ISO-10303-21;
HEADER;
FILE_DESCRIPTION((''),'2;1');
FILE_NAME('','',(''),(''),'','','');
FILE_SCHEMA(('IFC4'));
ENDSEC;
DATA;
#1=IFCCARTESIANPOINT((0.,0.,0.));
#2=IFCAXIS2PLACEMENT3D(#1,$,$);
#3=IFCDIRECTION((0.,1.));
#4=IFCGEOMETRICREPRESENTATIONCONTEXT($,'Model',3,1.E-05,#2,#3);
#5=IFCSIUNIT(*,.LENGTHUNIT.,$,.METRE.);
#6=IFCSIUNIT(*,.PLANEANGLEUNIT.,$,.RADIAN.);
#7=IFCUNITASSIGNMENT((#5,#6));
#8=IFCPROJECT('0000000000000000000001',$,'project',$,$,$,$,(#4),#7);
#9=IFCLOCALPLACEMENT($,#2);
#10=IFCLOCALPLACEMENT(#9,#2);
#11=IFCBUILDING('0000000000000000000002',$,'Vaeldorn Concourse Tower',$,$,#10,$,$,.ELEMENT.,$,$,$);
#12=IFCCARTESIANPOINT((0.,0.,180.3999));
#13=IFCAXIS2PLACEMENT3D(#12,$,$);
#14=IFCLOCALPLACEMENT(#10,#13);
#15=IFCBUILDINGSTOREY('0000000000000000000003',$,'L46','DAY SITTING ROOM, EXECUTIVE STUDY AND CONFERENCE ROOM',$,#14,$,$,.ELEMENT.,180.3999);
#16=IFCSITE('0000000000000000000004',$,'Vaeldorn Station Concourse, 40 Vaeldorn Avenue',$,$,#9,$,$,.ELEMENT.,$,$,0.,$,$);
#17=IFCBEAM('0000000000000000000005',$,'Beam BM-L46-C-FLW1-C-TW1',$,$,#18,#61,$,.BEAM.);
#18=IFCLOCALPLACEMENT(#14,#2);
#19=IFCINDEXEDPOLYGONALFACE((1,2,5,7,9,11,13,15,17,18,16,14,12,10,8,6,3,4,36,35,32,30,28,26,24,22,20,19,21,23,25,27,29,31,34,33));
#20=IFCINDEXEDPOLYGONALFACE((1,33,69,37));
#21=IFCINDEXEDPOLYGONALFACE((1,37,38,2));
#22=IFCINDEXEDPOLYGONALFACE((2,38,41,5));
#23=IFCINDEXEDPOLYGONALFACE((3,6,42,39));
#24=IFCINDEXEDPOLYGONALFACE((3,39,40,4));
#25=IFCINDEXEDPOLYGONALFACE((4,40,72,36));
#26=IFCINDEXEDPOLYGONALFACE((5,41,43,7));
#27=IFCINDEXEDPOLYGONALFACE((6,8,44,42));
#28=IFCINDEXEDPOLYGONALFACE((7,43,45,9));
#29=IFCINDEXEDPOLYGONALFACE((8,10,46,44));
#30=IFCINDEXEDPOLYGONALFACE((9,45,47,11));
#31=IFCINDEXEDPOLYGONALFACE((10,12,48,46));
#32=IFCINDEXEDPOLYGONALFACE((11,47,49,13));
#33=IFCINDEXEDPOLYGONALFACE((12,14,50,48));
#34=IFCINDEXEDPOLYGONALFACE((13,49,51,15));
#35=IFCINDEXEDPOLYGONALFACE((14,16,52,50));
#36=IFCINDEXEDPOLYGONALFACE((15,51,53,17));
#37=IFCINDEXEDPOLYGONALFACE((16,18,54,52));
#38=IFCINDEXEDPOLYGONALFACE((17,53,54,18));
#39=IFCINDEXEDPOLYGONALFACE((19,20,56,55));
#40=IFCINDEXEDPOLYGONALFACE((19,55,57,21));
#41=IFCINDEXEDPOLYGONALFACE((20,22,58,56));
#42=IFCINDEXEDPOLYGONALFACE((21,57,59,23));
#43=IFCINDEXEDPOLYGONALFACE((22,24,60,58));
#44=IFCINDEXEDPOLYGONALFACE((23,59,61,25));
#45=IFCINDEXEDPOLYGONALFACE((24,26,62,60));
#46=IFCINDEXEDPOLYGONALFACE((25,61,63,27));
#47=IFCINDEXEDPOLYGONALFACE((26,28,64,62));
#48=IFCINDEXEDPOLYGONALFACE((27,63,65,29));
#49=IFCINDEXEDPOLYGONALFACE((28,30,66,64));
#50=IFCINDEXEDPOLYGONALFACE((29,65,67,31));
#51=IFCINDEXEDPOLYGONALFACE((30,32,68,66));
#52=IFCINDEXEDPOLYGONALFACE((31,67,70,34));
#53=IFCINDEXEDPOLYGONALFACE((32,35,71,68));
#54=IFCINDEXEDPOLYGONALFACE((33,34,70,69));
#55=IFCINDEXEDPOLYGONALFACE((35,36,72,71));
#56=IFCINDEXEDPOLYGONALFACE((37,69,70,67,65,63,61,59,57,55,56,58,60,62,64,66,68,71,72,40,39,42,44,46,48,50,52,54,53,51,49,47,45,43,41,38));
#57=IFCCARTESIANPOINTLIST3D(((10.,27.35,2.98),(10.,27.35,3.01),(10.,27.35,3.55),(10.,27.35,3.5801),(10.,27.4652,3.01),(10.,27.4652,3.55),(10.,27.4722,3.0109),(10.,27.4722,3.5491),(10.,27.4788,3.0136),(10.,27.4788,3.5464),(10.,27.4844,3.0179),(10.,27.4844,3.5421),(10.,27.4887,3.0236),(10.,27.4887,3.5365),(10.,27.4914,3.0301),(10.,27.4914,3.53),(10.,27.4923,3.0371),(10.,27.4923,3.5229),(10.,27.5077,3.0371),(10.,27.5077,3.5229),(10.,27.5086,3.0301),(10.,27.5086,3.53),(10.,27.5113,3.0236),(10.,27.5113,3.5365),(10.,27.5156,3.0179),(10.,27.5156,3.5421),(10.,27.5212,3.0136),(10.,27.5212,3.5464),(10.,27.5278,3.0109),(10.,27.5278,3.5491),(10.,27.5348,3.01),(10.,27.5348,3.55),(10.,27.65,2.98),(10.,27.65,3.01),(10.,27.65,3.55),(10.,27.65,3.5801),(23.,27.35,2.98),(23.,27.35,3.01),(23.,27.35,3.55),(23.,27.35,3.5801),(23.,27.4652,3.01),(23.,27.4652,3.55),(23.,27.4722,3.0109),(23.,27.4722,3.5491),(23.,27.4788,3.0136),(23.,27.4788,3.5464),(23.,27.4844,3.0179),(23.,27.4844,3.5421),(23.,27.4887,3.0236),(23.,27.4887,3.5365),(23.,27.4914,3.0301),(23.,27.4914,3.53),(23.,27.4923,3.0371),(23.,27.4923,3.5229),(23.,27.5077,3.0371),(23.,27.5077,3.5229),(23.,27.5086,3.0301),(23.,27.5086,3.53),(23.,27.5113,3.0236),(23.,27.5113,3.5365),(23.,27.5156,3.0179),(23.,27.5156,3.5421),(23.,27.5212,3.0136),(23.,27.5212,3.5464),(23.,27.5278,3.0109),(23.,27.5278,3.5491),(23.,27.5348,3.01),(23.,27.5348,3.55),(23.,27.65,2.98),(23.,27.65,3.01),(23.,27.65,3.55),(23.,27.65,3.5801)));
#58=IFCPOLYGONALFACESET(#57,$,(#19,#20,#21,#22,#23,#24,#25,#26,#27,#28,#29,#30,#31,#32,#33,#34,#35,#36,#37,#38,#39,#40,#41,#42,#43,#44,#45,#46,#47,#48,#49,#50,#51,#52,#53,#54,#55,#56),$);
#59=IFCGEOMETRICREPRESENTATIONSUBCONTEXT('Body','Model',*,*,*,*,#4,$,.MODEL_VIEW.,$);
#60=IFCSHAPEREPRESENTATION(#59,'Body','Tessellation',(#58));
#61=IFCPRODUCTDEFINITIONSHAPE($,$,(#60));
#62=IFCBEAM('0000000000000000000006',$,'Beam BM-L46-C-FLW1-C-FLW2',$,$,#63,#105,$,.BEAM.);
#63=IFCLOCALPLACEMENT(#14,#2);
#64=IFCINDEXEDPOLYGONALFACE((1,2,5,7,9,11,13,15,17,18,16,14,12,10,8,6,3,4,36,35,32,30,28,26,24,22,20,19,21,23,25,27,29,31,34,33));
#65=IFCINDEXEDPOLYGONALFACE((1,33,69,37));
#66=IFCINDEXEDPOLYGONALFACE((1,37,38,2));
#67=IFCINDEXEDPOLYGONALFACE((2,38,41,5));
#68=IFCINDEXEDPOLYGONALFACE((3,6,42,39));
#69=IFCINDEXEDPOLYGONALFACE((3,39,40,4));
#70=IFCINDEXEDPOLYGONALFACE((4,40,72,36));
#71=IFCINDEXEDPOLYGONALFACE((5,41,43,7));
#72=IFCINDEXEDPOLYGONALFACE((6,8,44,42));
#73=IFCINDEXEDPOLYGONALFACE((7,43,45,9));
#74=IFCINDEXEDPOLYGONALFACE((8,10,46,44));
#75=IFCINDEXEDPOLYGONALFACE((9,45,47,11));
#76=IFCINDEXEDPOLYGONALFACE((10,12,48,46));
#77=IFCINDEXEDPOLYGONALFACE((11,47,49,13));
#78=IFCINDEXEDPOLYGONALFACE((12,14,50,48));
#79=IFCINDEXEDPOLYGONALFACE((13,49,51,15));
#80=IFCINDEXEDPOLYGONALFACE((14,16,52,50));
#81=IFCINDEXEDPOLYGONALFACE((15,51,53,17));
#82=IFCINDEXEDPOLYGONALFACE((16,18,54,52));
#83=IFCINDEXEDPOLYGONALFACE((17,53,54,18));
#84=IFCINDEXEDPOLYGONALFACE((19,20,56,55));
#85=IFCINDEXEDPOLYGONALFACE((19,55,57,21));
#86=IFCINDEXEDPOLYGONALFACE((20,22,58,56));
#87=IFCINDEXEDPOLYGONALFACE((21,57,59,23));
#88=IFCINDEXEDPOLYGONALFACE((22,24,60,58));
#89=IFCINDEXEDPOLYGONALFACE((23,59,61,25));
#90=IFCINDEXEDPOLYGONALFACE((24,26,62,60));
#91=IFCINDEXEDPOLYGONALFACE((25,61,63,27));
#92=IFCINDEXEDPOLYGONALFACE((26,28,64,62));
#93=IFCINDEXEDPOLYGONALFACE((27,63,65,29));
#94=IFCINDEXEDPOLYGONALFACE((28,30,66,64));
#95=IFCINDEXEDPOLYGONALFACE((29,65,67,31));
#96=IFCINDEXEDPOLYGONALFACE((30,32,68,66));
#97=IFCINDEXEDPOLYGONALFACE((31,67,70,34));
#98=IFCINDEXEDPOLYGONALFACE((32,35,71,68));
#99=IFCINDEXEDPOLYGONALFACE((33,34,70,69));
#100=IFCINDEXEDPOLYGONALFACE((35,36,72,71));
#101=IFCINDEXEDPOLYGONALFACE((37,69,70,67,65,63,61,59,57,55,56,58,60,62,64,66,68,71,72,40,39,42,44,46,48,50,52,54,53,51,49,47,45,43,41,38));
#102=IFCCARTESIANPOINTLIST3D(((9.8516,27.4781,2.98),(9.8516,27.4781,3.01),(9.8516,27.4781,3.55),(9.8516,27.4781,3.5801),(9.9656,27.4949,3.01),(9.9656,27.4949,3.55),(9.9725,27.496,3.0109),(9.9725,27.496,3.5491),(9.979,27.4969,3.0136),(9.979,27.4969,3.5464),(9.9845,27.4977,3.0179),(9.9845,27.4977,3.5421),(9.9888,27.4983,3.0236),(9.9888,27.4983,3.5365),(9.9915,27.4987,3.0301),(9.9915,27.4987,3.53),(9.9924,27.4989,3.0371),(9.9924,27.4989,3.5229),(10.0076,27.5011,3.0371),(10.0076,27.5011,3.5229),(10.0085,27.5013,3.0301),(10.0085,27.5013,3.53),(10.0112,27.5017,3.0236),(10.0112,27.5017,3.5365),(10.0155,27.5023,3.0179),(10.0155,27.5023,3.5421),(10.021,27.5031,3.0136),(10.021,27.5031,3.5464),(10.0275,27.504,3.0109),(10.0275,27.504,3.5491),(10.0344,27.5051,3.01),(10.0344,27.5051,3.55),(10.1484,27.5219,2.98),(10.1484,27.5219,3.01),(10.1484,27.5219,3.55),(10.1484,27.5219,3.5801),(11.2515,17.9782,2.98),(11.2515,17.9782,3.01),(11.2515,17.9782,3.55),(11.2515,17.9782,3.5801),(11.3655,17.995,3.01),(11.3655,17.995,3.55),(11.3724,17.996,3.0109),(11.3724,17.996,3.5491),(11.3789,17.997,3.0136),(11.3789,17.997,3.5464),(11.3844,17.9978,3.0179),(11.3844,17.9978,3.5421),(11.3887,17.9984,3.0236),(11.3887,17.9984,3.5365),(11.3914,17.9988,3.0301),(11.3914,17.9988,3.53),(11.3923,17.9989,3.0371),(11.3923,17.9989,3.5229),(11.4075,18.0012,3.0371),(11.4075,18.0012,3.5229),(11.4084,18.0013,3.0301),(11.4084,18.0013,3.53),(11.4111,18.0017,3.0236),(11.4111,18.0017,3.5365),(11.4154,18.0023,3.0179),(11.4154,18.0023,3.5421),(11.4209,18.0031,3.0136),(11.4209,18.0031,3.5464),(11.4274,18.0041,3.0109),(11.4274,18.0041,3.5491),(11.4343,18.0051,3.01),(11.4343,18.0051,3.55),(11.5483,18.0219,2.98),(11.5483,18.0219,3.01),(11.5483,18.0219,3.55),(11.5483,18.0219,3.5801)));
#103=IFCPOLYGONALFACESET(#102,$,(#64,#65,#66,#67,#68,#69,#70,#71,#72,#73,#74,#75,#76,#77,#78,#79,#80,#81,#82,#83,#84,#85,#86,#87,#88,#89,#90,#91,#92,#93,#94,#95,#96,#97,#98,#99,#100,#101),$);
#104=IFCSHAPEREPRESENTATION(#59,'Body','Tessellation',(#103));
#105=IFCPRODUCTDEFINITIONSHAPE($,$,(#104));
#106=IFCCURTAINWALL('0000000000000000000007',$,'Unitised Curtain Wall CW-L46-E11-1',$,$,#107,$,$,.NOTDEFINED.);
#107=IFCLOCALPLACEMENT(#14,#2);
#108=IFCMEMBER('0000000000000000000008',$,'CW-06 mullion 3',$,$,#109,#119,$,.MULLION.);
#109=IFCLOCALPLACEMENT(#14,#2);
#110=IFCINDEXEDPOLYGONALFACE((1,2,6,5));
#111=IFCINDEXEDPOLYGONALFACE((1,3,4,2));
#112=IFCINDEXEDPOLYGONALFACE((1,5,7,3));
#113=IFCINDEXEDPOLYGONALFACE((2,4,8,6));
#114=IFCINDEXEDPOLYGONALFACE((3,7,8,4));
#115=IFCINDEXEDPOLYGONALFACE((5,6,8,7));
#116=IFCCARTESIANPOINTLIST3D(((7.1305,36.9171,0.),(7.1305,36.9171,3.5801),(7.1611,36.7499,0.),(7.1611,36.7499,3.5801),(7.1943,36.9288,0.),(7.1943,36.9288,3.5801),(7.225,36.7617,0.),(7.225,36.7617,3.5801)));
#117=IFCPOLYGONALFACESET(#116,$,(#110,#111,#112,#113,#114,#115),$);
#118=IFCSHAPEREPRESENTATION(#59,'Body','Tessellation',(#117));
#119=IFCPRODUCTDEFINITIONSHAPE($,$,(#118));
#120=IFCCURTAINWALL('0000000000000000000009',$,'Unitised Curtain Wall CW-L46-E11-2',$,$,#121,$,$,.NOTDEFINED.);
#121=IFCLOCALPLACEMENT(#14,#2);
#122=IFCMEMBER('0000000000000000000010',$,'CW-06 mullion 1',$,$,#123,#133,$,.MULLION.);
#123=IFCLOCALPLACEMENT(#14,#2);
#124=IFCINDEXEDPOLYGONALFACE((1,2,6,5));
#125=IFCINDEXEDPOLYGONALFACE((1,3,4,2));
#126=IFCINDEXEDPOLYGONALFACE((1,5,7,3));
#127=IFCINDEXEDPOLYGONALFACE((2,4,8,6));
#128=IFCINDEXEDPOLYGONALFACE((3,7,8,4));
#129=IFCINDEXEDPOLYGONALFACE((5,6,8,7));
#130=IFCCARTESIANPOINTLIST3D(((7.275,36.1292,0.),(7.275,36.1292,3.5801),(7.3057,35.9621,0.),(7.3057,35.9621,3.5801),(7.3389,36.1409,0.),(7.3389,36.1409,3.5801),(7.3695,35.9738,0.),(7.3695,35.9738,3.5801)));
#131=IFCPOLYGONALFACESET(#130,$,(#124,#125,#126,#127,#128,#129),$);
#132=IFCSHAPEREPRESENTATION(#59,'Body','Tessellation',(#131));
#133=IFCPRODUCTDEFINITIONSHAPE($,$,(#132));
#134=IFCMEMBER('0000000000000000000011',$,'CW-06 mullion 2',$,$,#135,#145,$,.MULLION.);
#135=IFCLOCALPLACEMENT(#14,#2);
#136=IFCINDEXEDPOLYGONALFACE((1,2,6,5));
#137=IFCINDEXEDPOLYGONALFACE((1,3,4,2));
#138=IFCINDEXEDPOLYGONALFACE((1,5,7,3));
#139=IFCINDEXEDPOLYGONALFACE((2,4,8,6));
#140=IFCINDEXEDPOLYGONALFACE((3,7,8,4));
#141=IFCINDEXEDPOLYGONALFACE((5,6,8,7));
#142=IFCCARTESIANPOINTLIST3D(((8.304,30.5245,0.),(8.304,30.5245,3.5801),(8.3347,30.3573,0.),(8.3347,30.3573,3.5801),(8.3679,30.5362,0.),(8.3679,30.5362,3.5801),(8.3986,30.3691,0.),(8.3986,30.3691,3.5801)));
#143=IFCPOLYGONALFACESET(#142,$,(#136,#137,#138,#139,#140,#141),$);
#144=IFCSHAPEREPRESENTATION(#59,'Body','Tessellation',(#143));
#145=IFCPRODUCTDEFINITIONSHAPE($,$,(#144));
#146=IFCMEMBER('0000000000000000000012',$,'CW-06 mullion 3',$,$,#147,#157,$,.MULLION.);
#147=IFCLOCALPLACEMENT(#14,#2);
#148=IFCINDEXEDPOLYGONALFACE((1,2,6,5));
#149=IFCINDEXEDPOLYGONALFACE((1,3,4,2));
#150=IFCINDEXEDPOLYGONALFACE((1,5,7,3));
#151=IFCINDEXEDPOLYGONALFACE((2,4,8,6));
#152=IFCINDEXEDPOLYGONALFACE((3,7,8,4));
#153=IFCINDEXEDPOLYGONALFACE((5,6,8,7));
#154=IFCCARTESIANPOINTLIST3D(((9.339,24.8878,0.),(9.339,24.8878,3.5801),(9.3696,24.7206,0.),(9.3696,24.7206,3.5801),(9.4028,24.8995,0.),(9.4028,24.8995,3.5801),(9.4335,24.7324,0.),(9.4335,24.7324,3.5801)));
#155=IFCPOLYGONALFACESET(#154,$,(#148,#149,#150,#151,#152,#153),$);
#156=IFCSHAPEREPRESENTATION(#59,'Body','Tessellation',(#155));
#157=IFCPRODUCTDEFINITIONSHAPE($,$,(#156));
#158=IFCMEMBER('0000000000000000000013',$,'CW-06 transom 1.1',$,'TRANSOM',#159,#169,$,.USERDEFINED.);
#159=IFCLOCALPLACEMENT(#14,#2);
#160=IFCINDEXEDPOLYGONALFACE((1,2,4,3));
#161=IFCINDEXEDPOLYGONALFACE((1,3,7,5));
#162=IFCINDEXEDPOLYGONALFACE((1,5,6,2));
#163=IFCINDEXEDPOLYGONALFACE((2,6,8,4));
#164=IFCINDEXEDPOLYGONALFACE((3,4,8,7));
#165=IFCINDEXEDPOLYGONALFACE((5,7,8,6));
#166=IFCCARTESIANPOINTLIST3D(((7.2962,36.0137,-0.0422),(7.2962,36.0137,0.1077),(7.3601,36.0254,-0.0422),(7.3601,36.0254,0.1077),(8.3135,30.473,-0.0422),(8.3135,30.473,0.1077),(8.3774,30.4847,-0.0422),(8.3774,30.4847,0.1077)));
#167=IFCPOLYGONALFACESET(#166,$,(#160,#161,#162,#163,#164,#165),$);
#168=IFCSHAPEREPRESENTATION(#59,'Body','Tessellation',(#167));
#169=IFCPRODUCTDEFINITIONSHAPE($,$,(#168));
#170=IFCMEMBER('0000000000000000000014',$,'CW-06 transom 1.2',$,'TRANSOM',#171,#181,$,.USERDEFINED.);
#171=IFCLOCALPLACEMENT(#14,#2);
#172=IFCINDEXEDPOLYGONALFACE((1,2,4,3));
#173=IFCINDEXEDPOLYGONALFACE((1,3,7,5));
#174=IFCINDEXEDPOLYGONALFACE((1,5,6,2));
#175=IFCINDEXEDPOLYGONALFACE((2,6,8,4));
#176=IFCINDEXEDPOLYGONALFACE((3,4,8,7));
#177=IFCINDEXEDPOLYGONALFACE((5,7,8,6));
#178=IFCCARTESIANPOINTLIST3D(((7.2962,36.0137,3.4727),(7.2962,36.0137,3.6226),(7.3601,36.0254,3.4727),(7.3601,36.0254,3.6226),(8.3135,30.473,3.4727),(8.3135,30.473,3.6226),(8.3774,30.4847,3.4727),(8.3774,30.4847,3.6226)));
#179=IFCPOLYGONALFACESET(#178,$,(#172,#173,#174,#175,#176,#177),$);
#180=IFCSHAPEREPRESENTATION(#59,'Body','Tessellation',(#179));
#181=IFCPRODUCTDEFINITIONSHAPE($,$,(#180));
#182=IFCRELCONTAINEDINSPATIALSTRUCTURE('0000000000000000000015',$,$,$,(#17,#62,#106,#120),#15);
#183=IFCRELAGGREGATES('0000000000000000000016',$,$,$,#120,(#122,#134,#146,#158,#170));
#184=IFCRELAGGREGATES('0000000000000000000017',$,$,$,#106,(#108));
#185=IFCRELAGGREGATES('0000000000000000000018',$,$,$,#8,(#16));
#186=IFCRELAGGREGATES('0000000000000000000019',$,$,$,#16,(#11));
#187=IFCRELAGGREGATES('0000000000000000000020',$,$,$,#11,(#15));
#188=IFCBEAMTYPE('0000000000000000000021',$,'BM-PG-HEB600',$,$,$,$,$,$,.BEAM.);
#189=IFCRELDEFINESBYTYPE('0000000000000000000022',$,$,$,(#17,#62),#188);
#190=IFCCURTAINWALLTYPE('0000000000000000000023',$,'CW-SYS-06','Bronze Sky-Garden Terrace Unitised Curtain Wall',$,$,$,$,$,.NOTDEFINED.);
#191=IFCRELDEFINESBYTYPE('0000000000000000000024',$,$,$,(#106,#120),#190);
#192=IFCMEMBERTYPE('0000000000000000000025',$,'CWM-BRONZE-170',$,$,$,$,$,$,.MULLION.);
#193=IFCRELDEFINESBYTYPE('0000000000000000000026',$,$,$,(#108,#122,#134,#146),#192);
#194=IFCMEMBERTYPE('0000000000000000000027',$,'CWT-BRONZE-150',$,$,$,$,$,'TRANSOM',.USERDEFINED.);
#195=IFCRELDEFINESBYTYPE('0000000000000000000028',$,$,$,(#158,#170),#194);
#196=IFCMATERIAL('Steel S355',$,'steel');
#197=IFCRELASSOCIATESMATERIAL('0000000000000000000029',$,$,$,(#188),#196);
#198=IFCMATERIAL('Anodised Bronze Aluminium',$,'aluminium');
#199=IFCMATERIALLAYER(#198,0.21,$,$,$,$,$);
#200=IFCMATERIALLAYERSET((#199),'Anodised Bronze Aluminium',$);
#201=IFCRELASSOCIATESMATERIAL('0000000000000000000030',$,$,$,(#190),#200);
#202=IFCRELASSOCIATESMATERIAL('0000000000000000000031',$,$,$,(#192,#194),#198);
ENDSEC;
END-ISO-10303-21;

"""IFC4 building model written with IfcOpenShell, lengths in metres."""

from ifc_helpers import new_model, si_unit, direction, frame, origin, origin_2d, place, context, subcontext, project, spatial, rectangle, i_section, extrude, source, transform, mapped, material, layer, layer_set, material_profile, profile_set, type_object, element, aggregate, save


model = new_model("IFC4")

# Units and contexts
model_context = context("Model", 3, precision=1e-05, world=origin(), true_north=direction((0.0, 1.0)))
body_context = subcontext(model_context, "Body", "Model", "MODEL_VIEW")
ifc_project = project(units=[si_unit("LENGTHUNIT", "METRE"), si_unit("PLANEANGLEUNIT", "RADIAN")], contexts=[model_context])

# Site, building, storey
site_placement = place(None, origin())
site = spatial("IfcSite", under=ifc_project, at=site_placement, Name="Vaeldorn Station Concourse, 40 Vaeldorn Avenue", CompositionType="ELEMENT", RefElevation=0.0)
building_placement = place(site_placement, origin())
building = spatial("IfcBuilding", under=site, at=building_placement, Name="Vaeldorn Concourse Tower", CompositionType="ELEMENT")
storey_placement = place(building_placement, frame((0.0, 0.0, 180.3999)))
storey = spatial("IfcBuildingStorey", under=building, at=storey_placement, Name="L46", Description="DAY SITTING ROOM, EXECUTIVE STUDY AND CONFERENCE ROOM", CompositionType="ELEMENT", Elevation=180.3999)

# Shared definitions
ifc_material_1 = material(Name="Steel S355", Category="steel")

# Beams
ifc_material_profile_1 = material_profile(ifc_material_1, i_section(OverallWidth=0.3, OverallDepth=0.6001, WebThickness=0.0154, FlangeThickness=0.03, FilletRadius=0.0271, at=origin_2d()), Name="HEB 600")
ifc_profile_set_1 = profile_set([ifc_material_profile_1], Name="Steel S355")
beam_type_1 = type_object("IfcBeamType", Name="BM-PG-HEB600", PredefinedType="BEAM", material=ifc_profile_set_1)
shared_shape_1 = source(origin(), body_context, "Body", "SweptSolid", [
    extrude(i_section(OverallWidth=0.3, OverallDepth=0.6001, WebThickness=0.0154, FlangeThickness=0.03, FilletRadius=0.0271, at=origin_2d()), origin(), (0.0, 0.0, 1.0), 13.0),
])
beam_1_placement = place(storey_placement, frame((10.0, 27.5, 3.28), z_axis=(1.0, 0.0, 0.0), x_axis=(0.0, 1.0, 0.0)))
element("IfcBeam", 1, at=beam_1_placement, inside=storey, type_object=beam_type_1, Name="Beam BM-L46-C-FLW1-C-TW1", PredefinedType="BEAM", context=body_context, shape_type="MappedRepresentation", body=[
    mapped(shared_shape_1, transform((0.0, 0.0, 0.0), scale=1.0)),
])
shared_shape_2 = source(origin(), body_context, "Body", "SweptSolid", [
    extrude(i_section(OverallWidth=0.3, OverallDepth=0.6001, WebThickness=0.0154, FlangeThickness=0.03, FilletRadius=0.0271, at=origin_2d()), origin(), (0.0, 0.0, 1.0), 9.6025),
])
beam_2_placement = place(storey_placement, frame((10.0, 27.5, 3.28), z_axis=(0.145784, -0.989316, 0.0), x_axis=(0.989316, 0.145784, 0.0)))
element("IfcBeam", 2, at=beam_2_placement, inside=storey, type_object=beam_type_1, Name="Beam BM-L46-C-FLW1-C-FLW2", PredefinedType="BEAM", context=body_context, shape_type="MappedRepresentation", body=[
    mapped(shared_shape_2, transform((0.0, 0.0, 0.0), scale=1.0)),
])

# Curtain wall, member
ifc_material_2 = material(Name="Anodised Bronze Aluminium", Category="aluminium")
ifc_layer_1 = layer(ifc_material_2, 0.21)
ifc_layer_set_1 = layer_set([ifc_layer_1], Name="Anodised Bronze Aluminium")
curtain_wall_type = type_object("IfcCurtainWallType", Name="CW-SYS-06", Description="Bronze Sky-Garden Terrace Unitised Curtain Wall", PredefinedType="NOTDEFINED", material=ifc_layer_set_1)
curtain_wall_1_placement = place(storey_placement, origin())
curtain_wall_1 = element("IfcCurtainWall", 3, at=curtain_wall_1_placement, inside=storey, type_object=curtain_wall_type, Name="Unitised Curtain Wall CW-L46-E11-1", PredefinedType="NOTDEFINED")
ifc_material_profile_2 = material_profile(ifc_material_2, rectangle(XDim=0.0649, YDim=0.1699, at=origin_2d()), Name="CWM 65x170")
ifc_profile_set_2 = profile_set([ifc_material_profile_2], Name="Anodised Bronze Aluminium")
member_type_1 = type_object("IfcMemberType", Name="CWM-BRONZE-170", PredefinedType="MULLION", material=ifc_profile_set_2)
shared_shape_3 = source(origin(), body_context, "Body", "SweptSolid", [
    extrude(rectangle(XDim=0.0649, YDim=0.1699, at=origin_2d()), origin(), (0.0, 0.0, 1.0), 3.5801),
])
member_1_placement = place(storey_placement, frame((7.1777, 36.8394, 0.0), z_axis=(0.0, 0.0, 1.0), x_axis=(0.983559, 0.180585, 0.0)))
member_1 = element("IfcMember", 4, at=member_1_placement, type_object=member_type_1, Name="CW-06 mullion 3", PredefinedType="MULLION", context=body_context, shape_type="MappedRepresentation", body=[
    mapped(shared_shape_3, transform((0.0, 0.0, 0.0), scale=1.0)),
])

# Curtain wall, members
curtain_wall_2_placement = place(storey_placement, origin())
curtain_wall_2 = element("IfcCurtainWall", 5, at=curtain_wall_2_placement, inside=storey, type_object=curtain_wall_type, Name="Unitised Curtain Wall CW-L46-E11-2", PredefinedType="NOTDEFINED")
member_2_placement = place(storey_placement, frame((7.3223, 36.0515, 0.0), z_axis=(0.0, 0.0, 1.0), x_axis=(0.983559, 0.180585, 0.0)))
member_2 = element("IfcMember", 6, at=member_2_placement, type_object=member_type_1, Name="CW-06 mullion 1", PredefinedType="MULLION", context=body_context, shape_type="MappedRepresentation", body=[
    mapped(shared_shape_3, transform((0.0, 0.0, 0.0), scale=1.0)),
])
member_3_placement = place(storey_placement, frame((8.3513, 30.4468, 0.0), z_axis=(0.0, 0.0, 1.0), x_axis=(0.983559, 0.180585, 0.0)))
member_3 = element("IfcMember", 7, at=member_3_placement, type_object=member_type_1, Name="CW-06 mullion 2", PredefinedType="MULLION", context=body_context, shape_type="MappedRepresentation", body=[
    mapped(shared_shape_3, transform((0.0, 0.0, 0.0), scale=1.0)),
])
member_4_placement = place(storey_placement, frame((9.3862, 24.8101, 0.0), z_axis=(0.0, 0.0, 1.0), x_axis=(0.983559, 0.180585, 0.0)))
member_4 = element("IfcMember", 8, at=member_4_placement, type_object=member_type_1, Name="CW-06 mullion 3", PredefinedType="MULLION", context=body_context, shape_type="MappedRepresentation", body=[
    mapped(shared_shape_3, transform((0.0, 0.0, 0.0), scale=1.0)),
])
ifc_material_profile_3 = material_profile(ifc_material_2, rectangle(XDim=0.0649, YDim=0.1499, at=origin_2d()), Name="CWT 65x150")
ifc_profile_set_3 = profile_set([ifc_material_profile_3], Name="Anodised Bronze Aluminium")
member_type_2 = type_object("IfcMemberType", Name="CWT-BRONZE-150", ElementType="TRANSOM", PredefinedType="USERDEFINED", material=ifc_profile_set_3)
shared_shape_4 = source(origin(), body_context, "Body", "SweptSolid", [
    extrude(rectangle(XDim=0.0649, YDim=0.1499, at=origin_2d()), origin(), (0.0, 0.0, 1.0), 5.6333),
])
member_5_placement = place(storey_placement, frame((7.3281, 36.0195, 0.0327), z_axis=(0.18059, -0.983558, 0.0), x_axis=(0.983558, 0.18059, 0.0)))
member_5 = element("IfcMember", 9, at=member_5_placement, type_object=member_type_2, Name="CW-06 transom 1.1", ObjectType="TRANSOM", PredefinedType="USERDEFINED", context=body_context, shape_type="MappedRepresentation", body=[
    mapped(shared_shape_4, transform((0.0, 0.0, 0.0), scale=1.0)),
])
member_6_placement = place(storey_placement, frame((7.3281, 36.0195, 3.5476), z_axis=(0.18059, -0.983558, 0.0), x_axis=(0.983558, 0.18059, 0.0)))
member_6 = element("IfcMember", 10, at=member_6_placement, type_object=member_type_2, Name="CW-06 transom 1.2", ObjectType="TRANSOM", PredefinedType="USERDEFINED", context=body_context, shape_type="MappedRepresentation", body=[
    mapped(shared_shape_4, transform((0.0, 0.0, 0.0), scale=1.0)),
])
aggregate(curtain_wall_2, [member_2, member_3, member_4, member_5, member_6])

aggregate(curtain_wall_1, [member_1])

save(model, "model.ifc")
